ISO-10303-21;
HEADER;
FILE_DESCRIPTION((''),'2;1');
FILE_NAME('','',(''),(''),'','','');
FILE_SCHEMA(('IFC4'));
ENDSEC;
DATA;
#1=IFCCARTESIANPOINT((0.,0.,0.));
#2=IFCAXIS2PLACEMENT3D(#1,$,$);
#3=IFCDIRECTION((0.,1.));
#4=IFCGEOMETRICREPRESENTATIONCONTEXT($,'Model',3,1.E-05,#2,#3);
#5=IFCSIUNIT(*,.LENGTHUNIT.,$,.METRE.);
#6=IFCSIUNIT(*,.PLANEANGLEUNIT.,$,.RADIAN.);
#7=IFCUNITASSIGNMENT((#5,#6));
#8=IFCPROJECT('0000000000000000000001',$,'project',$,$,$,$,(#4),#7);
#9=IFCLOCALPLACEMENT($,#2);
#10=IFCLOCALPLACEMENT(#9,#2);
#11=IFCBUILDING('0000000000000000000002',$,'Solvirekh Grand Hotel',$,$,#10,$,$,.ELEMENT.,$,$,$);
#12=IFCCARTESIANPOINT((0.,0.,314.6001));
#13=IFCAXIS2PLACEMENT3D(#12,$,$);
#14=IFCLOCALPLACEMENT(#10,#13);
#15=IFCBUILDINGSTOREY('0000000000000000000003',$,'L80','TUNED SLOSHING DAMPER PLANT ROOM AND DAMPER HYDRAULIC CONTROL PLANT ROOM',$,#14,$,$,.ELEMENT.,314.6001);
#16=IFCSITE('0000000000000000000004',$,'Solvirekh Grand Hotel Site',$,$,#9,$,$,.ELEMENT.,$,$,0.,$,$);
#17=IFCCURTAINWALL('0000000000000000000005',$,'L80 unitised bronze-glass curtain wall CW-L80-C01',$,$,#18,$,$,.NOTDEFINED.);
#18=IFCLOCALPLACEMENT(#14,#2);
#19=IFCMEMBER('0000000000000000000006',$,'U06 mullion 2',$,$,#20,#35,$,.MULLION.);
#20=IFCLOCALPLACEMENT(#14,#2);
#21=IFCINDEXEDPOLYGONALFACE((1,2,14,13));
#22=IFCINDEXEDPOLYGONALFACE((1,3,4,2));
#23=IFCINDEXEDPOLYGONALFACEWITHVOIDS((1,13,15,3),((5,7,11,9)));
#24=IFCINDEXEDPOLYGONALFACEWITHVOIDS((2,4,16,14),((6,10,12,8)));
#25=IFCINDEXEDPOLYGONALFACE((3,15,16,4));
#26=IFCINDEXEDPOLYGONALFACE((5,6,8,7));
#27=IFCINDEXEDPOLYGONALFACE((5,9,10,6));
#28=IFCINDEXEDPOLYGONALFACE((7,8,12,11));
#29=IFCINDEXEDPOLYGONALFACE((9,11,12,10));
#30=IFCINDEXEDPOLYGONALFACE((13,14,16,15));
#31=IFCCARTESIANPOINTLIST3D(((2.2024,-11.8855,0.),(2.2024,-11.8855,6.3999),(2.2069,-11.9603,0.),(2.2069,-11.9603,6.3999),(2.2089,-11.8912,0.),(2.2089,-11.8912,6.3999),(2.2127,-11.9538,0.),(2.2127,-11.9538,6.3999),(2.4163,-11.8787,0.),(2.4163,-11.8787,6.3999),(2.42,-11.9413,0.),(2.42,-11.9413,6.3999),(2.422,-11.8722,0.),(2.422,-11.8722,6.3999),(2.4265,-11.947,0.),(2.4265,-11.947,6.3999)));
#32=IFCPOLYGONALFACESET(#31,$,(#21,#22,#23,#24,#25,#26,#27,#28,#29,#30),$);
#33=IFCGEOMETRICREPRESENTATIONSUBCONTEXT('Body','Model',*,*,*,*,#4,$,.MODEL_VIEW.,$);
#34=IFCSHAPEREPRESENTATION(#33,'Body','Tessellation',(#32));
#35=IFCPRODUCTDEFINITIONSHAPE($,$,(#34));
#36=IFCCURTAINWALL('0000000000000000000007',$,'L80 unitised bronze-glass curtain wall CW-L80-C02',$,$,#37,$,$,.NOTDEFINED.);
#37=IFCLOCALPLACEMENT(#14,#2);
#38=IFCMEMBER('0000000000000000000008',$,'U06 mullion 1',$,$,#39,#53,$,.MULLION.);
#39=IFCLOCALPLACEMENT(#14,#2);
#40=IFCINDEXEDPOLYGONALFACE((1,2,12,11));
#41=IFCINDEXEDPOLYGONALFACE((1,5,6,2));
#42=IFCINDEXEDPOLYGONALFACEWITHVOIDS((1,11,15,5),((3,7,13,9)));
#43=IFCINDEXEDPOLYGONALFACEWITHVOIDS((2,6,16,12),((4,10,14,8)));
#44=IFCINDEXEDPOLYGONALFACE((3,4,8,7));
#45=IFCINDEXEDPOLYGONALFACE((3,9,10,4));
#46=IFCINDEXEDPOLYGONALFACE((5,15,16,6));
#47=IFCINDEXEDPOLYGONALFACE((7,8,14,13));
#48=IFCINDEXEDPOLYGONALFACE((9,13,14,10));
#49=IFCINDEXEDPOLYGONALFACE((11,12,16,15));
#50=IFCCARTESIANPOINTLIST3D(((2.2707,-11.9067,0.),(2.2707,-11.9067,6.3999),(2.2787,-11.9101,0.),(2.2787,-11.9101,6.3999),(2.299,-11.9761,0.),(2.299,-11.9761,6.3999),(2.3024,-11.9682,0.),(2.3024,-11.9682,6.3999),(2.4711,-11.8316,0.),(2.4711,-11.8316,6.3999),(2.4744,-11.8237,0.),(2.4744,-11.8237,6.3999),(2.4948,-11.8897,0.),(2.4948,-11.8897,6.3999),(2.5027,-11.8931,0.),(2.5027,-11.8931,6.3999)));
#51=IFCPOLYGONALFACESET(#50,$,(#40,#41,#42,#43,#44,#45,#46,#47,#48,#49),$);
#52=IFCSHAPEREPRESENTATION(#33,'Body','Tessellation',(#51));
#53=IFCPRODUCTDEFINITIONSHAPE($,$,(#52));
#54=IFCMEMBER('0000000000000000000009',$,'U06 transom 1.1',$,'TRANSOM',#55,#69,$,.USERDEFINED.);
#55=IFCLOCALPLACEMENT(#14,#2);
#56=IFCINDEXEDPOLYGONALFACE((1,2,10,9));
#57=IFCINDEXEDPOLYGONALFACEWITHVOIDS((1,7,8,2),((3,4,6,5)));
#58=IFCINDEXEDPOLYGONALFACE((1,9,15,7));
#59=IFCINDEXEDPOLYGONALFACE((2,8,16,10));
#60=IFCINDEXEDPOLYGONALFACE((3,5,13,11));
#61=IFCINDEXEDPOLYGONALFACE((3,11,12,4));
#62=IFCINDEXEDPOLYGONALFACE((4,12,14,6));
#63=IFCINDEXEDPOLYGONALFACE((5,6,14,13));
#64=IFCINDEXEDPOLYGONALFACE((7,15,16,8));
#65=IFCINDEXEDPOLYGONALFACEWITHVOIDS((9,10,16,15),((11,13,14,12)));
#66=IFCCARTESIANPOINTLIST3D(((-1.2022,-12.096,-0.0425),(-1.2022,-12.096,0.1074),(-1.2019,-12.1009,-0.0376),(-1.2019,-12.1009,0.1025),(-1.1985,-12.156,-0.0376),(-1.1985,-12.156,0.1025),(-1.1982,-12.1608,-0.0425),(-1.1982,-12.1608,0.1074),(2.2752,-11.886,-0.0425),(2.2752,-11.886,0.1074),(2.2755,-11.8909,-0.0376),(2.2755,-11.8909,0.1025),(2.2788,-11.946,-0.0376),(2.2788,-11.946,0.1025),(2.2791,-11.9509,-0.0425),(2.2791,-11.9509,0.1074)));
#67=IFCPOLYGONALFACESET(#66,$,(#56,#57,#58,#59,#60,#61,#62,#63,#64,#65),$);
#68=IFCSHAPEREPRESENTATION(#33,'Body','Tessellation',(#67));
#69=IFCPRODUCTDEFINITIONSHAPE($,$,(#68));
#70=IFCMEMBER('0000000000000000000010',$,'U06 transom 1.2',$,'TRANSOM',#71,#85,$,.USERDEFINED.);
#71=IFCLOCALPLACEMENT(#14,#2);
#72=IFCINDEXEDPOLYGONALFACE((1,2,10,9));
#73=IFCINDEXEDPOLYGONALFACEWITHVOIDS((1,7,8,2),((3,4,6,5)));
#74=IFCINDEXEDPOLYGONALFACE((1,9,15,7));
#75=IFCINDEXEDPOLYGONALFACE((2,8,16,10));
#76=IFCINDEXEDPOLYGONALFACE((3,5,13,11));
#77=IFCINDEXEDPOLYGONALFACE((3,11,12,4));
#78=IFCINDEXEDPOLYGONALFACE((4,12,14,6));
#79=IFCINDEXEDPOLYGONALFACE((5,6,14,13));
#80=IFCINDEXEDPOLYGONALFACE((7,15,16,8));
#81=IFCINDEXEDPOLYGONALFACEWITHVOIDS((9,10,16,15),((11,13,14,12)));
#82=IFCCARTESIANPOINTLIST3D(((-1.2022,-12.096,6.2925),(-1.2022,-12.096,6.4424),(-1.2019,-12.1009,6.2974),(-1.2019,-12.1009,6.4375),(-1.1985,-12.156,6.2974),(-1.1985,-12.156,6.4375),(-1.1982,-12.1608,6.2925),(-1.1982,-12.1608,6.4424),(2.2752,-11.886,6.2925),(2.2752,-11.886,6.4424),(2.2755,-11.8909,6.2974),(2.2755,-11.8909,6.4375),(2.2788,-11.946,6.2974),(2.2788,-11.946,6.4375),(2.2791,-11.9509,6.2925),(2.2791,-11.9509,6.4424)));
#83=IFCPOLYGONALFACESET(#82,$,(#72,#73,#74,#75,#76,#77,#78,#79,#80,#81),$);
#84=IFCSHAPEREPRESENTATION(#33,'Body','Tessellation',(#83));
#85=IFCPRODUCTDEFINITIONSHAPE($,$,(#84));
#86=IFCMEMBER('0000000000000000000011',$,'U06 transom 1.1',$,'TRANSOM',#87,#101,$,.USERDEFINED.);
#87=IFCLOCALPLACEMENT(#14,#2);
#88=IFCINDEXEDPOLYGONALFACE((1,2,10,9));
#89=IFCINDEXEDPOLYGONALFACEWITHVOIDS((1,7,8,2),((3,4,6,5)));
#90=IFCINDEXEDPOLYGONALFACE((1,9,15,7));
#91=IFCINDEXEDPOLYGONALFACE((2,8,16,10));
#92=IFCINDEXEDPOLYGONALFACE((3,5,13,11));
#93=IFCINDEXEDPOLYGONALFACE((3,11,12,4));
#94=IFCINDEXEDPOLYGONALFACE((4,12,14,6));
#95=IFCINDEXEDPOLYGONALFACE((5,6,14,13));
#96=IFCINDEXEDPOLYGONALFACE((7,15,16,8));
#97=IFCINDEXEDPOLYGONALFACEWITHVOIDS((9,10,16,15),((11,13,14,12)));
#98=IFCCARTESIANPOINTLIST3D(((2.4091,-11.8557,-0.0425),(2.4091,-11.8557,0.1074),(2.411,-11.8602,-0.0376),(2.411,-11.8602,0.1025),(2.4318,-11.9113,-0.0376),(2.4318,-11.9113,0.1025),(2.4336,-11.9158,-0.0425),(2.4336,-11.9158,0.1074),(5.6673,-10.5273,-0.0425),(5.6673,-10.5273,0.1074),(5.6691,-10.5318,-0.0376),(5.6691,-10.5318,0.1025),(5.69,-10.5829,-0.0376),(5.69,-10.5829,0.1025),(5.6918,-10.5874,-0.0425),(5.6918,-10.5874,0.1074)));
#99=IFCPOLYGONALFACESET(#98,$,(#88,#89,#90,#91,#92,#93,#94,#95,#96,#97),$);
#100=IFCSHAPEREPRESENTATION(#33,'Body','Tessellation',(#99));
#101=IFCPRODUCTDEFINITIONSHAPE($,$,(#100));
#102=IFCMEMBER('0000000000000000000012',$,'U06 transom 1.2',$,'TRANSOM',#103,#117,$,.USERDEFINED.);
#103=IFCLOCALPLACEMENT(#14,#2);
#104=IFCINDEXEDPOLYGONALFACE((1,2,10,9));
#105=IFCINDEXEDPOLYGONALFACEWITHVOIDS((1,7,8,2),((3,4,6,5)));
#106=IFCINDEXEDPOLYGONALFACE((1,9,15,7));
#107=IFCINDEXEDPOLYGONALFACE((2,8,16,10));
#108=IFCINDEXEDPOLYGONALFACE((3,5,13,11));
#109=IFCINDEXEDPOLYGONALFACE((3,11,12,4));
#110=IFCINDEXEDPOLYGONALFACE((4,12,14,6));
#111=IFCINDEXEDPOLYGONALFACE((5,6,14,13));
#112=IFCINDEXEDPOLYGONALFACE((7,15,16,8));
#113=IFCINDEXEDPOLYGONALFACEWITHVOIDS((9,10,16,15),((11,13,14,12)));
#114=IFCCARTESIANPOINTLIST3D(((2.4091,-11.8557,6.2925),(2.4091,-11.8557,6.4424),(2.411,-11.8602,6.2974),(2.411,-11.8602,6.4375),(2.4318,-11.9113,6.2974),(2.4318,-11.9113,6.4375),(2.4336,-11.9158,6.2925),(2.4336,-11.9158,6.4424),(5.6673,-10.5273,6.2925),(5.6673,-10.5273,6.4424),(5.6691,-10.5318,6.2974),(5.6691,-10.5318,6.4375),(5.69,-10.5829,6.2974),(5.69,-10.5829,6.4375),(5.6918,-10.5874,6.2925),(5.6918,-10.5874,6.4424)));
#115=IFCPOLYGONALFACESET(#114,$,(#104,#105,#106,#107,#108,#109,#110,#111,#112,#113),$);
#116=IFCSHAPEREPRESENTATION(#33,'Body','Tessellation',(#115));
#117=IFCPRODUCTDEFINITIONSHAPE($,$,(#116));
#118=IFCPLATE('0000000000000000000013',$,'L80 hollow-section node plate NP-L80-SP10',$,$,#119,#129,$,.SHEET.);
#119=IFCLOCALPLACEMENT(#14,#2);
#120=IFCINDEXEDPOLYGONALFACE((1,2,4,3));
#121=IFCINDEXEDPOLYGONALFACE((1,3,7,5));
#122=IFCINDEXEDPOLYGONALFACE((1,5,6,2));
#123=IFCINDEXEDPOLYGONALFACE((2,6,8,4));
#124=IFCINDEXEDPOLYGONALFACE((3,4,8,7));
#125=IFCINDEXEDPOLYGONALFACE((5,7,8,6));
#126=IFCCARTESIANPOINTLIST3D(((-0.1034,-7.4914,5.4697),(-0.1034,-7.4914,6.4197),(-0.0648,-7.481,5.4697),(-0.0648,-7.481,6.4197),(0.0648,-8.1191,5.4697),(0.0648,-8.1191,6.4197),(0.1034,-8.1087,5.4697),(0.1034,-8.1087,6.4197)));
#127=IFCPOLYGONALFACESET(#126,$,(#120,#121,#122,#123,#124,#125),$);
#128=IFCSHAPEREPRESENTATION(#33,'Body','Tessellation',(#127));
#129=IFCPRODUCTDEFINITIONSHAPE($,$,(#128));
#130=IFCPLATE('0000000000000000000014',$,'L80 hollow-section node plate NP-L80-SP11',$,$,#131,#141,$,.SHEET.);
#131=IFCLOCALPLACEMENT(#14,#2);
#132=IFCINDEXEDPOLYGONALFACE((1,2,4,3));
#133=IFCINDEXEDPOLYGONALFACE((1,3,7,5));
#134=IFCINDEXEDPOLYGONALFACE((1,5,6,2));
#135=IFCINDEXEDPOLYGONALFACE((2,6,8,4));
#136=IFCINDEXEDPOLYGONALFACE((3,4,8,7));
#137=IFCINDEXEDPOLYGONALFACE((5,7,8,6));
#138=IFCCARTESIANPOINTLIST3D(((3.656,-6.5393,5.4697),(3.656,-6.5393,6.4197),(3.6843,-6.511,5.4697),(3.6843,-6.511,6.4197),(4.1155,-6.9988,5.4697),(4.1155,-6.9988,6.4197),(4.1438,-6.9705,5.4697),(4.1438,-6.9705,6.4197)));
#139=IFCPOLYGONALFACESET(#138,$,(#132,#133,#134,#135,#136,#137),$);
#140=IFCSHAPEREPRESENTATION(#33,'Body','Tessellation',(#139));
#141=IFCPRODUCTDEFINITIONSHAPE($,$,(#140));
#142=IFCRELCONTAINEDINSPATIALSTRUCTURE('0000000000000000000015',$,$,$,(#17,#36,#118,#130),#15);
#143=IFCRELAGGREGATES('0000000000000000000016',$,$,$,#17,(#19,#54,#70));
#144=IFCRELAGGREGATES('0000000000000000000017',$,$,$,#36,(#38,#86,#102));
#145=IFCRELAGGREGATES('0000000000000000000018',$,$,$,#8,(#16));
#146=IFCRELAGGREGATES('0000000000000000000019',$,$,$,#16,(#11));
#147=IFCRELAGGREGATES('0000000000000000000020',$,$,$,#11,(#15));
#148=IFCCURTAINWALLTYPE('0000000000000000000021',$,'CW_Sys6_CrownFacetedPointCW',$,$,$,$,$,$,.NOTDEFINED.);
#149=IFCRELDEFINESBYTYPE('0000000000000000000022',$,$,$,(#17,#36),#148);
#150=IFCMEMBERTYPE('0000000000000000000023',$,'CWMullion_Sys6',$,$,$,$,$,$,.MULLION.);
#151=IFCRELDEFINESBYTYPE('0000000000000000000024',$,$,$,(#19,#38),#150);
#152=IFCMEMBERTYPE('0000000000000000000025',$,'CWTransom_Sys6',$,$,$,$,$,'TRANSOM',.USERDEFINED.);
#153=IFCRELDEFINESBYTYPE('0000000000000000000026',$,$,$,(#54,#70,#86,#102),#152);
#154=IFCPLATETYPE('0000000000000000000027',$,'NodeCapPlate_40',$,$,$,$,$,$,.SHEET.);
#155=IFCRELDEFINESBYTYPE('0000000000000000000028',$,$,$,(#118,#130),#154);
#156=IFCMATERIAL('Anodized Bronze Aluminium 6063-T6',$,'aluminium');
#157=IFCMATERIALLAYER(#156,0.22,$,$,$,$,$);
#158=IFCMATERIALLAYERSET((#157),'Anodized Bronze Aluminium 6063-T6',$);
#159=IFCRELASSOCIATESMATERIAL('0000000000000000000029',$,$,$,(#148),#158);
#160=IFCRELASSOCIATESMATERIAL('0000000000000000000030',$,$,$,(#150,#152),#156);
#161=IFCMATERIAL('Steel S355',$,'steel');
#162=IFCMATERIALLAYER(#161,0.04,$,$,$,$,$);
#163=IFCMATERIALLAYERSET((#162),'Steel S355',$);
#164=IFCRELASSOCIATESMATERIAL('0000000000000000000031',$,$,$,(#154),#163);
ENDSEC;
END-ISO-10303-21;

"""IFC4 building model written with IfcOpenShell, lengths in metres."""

from ifc_helpers import new_model, si_unit, direction, frame, origin, origin_2d, place, context, subcontext, project, spatial, rectangle, hollow_rectangle, extrude, source, transform, mapped, material, layer, layer_set, material_profile, profile_set, type_object, element, aggregate, save


model = new_model("IFC4")

# Units and contexts
model_context = context("Model", 3, precision=1e-05, world=origin(), true_north=direction((0.0, 1.0)))
body_context = subcontext(model_context, "Body", "Model", "MODEL_VIEW")
ifc_project = project(units=[si_unit("LENGTHUNIT", "METRE"), si_unit("PLANEANGLEUNIT", "RADIAN")], contexts=[model_context])

# Site, building, storey
site_placement = place(None, origin())
site = spatial("IfcSite", under=ifc_project, at=site_placement, Name="Solvirekh Grand Hotel Site", CompositionType="ELEMENT", RefElevation=0.0)
building_placement = place(site_placement, origin())
building = spatial("IfcBuilding", under=site, at=building_placement, Name="Solvirekh Grand Hotel", CompositionType="ELEMENT")
storey_placement = place(building_placement, frame((0.0, 0.0, 314.6001)))
storey = spatial("IfcBuildingStorey", under=building, at=storey_placement, Name="L80", Description="TUNED SLOSHING DAMPER PLANT ROOM AND DAMPER HYDRAULIC CONTROL PLANT ROOM", CompositionType="ELEMENT", Elevation=314.6001)

# Shared definitions
ifc_material_1 = material(Name="Steel S355", Category="steel")

# Curtain walls, members
ifc_material_2 = material(Name="Anodized Bronze Aluminium 6063-T6", Category="aluminium")
ifc_layer_1 = layer(ifc_material_2, 0.22)
ifc_layer_set_1 = layer_set([ifc_layer_1], Name="Anodized Bronze Aluminium 6063-T6")
curtain_wall_type = type_object("IfcCurtainWallType", Name="CW_Sys6_CrownFacetedPointCW", PredefinedType="NOTDEFINED", material=ifc_layer_set_1)
curtain_wall_1_placement = place(storey_placement, origin())
curtain_wall_1 = element("IfcCurtainWall", 1, at=curtain_wall_1_placement, inside=storey, type_object=curtain_wall_type, Name="L80 unitised bronze-glass curtain wall CW-L80-C01", PredefinedType="NOTDEFINED")
ifc_material_profile_1 = material_profile(ifc_material_2, hollow_rectangle(XDim=0.075, YDim=0.22, WallThickness=0.0061, at=origin_2d()), Name="ALU RHS 220X75X6")
ifc_profile_set_1 = profile_set([ifc_material_profile_1], Name="Anodized Bronze Aluminium 6063-T6")
member_type_1 = type_object("IfcMemberType", Name="CWMullion_Sys6", PredefinedType="MULLION", material=ifc_profile_set_1)
shared_shape_1 = source(origin(), body_context, "Body", "SweptSolid", [
    extrude(hollow_rectangle(XDim=0.075, YDim=0.22, WallThickness=0.0061, at=origin_2d()), origin(), (0.0, 0.0, 1.0), 6.3999),
])
member_1_placement = place(storey_placement, frame((2.3145, -11.9163, 0.0), z_axis=(0.0, 0.0, 1.0), x_axis=(-0.060271, 0.998182, 0.0)))
member_1 = element("IfcMember", 2, at=member_1_placement, type_object=member_type_1, Name="U06 mullion 2", PredefinedType="MULLION", context=body_context, shape_type="MappedRepresentation", body=[
    mapped(shared_shape_1, transform((0.0, 0.0, 0.0), x_axis=(1.0, 0.0, 0.0), y_axis=(0.0, 1.0, 0.0), z_axis=(0.0, 0.0, 1.0), scale=1.0)),
])
curtain_wall_2_placement = place(storey_placement, origin())
curtain_wall_2 = element("IfcCurtainWall", 3, at=curtain_wall_2_placement, inside=storey, type_object=curtain_wall_type, Name="L80 unitised bronze-glass curtain wall CW-L80-C02", PredefinedType="NOTDEFINED")
member_2_placement = place(storey_placement, frame((2.3867, -11.8999, 0.0), z_axis=(0.0, 0.0, 1.0), x_axis=(-0.377539, 0.925994, 0.0)))
member_2 = element("IfcMember", 4, at=member_2_placement, type_object=member_type_1, Name="U06 mullion 1", PredefinedType="MULLION", context=body_context, shape_type="MappedRepresentation", body=[
    mapped(shared_shape_1, transform((0.0, 0.0, 0.0), x_axis=(1.0, 0.0, 0.0), y_axis=(0.0, 1.0, 0.0), z_axis=(0.0, 0.0, 1.0), scale=1.0)),
])

# Members
ifc_material_profile_2 = material_profile(ifc_material_2, hollow_rectangle(XDim=0.0649, YDim=0.1499, WallThickness=0.0049, at=origin_2d()), Name="ALU RHS 150X65X5")
ifc_profile_set_2 = profile_set([ifc_material_profile_2], Name="Anodized Bronze Aluminium 6063-T6")
member_type_2 = type_object("IfcMemberType", Name="CWTransom_Sys6", ElementType="TRANSOM", PredefinedType="USERDEFINED", material=ifc_profile_set_2)
shared_shape_2 = source(origin(), body_context, "Body", "SweptSolid", [
    extrude(hollow_rectangle(XDim=0.0649, YDim=0.1499, WallThickness=0.0049, at=origin_2d()), origin(), (0.0, 0.0, 1.0), 3.4836),
])
member_3_placement = place(storey_placement, frame((-1.2002, -12.1284, 0.0325), z_axis=(0.998182, 0.060271, 0.0), x_axis=(-0.060271, 0.998182, 0.0)))
member_3 = element("IfcMember", 5, at=member_3_placement, type_object=member_type_2, Name="U06 transom 1.1", ObjectType="TRANSOM", PredefinedType="USERDEFINED", context=body_context, shape_type="MappedRepresentation", body=[
    mapped(shared_shape_2, transform((0.0, 0.0, 0.0), x_axis=(1.0, 0.0, 0.0), y_axis=(0.0, 1.0, 0.0), z_axis=(0.0, 0.0, 1.0), scale=1.0)),
])
member_4_placement = place(storey_placement, frame((-1.2002, -12.1284, 6.3674), z_axis=(0.998182, 0.060271, 0.0), x_axis=(-0.060271, 0.998182, 0.0)))
member_4 = element("IfcMember", 6, at=member_4_placement, type_object=member_type_2, Name="U06 transom 1.2", ObjectType="TRANSOM", PredefinedType="USERDEFINED", context=body_context, shape_type="MappedRepresentation", body=[
    mapped(shared_shape_2, transform((0.0, 0.0, 0.0), x_axis=(1.0, 0.0, 0.0), y_axis=(0.0, 1.0, 0.0), z_axis=(0.0, 0.0, 1.0), scale=1.0)),
])
shared_shape_3 = source(origin(), body_context, "Body", "SweptSolid", [
    extrude(hollow_rectangle(XDim=0.0649, YDim=0.1499, WallThickness=0.0049, at=origin_2d()), origin(), (0.0, 0.0, 1.0), 3.5186),
])
member_5_placement = place(storey_placement, frame((2.4214, -11.8857, 0.0325), z_axis=(0.925992, 0.377544, 0.0), x_axis=(-0.377544, 0.925992, 0.0)))
member_5 = element("IfcMember", 7, at=member_5_placement, type_object=member_type_2, Name="U06 transom 1.1", ObjectType="TRANSOM", PredefinedType="USERDEFINED", context=body_context, shape_type="MappedRepresentation", body=[
    mapped(shared_shape_3, transform((0.0, 0.0, 0.0), x_axis=(1.0, 0.0, 0.0), y_axis=(0.0, 1.0, 0.0), z_axis=(0.0, 0.0, 1.0), scale=1.0)),
])
member_6_placement = place(storey_placement, frame((2.4214, -11.8857, 6.3674), z_axis=(0.925992, 0.377544, 0.0), x_axis=(-0.377544, 0.925992, 0.0)))
member_6 = element("IfcMember", 8, at=member_6_placement, type_object=member_type_2, Name="U06 transom 1.2", ObjectType="TRANSOM", PredefinedType="USERDEFINED", context=body_context, shape_type="MappedRepresentation", body=[
    mapped(shared_shape_3, transform((0.0, 0.0, 0.0), x_axis=(1.0, 0.0, 0.0), y_axis=(0.0, 1.0, 0.0), z_axis=(0.0, 0.0, 1.0), scale=1.0)),
])

# Plates
ifc_layer_2 = layer(ifc_material_1, 0.04)
ifc_layer_set_2 = layer_set([ifc_layer_2], Name="Steel S355")
plate_type_1 = type_object("IfcPlateType", Name="NodeCapPlate_40", PredefinedType="SHEET", material=ifc_layer_set_2)
for number, where, z_axis, x_axis, name in (
    (9, (0.0, -7.8, 5.4697), (0.0, 0.0, 1.0), (0.965926, 0.258819, 0.0), "L80 hollow-section node plate NP-L80-SP10"),
    (10, (3.8999, -6.7549, 5.4697), (0.0, 0.0, 1.0), (0.707107, 0.707107, 0.0), "L80 hollow-section node plate NP-L80-SP11"),
):
    element("IfcPlate", number, at=place(storey_placement, frame(where, z_axis=z_axis, x_axis=x_axis)), inside=storey, type_object=plate_type_1, Name=name, PredefinedType="SHEET", context=body_context, shape_type="SweptSolid", body=[
        extrude(rectangle(XDim=0.04, YDim=0.6499, at=origin_2d()), origin(), (0.0, 0.0, 1.0), 0.95),
    ])

aggregate(curtain_wall_1, [member_1, member_3, member_4])
aggregate(curtain_wall_2, [member_2, member_5, member_6])

save(model, "model.ifc")
